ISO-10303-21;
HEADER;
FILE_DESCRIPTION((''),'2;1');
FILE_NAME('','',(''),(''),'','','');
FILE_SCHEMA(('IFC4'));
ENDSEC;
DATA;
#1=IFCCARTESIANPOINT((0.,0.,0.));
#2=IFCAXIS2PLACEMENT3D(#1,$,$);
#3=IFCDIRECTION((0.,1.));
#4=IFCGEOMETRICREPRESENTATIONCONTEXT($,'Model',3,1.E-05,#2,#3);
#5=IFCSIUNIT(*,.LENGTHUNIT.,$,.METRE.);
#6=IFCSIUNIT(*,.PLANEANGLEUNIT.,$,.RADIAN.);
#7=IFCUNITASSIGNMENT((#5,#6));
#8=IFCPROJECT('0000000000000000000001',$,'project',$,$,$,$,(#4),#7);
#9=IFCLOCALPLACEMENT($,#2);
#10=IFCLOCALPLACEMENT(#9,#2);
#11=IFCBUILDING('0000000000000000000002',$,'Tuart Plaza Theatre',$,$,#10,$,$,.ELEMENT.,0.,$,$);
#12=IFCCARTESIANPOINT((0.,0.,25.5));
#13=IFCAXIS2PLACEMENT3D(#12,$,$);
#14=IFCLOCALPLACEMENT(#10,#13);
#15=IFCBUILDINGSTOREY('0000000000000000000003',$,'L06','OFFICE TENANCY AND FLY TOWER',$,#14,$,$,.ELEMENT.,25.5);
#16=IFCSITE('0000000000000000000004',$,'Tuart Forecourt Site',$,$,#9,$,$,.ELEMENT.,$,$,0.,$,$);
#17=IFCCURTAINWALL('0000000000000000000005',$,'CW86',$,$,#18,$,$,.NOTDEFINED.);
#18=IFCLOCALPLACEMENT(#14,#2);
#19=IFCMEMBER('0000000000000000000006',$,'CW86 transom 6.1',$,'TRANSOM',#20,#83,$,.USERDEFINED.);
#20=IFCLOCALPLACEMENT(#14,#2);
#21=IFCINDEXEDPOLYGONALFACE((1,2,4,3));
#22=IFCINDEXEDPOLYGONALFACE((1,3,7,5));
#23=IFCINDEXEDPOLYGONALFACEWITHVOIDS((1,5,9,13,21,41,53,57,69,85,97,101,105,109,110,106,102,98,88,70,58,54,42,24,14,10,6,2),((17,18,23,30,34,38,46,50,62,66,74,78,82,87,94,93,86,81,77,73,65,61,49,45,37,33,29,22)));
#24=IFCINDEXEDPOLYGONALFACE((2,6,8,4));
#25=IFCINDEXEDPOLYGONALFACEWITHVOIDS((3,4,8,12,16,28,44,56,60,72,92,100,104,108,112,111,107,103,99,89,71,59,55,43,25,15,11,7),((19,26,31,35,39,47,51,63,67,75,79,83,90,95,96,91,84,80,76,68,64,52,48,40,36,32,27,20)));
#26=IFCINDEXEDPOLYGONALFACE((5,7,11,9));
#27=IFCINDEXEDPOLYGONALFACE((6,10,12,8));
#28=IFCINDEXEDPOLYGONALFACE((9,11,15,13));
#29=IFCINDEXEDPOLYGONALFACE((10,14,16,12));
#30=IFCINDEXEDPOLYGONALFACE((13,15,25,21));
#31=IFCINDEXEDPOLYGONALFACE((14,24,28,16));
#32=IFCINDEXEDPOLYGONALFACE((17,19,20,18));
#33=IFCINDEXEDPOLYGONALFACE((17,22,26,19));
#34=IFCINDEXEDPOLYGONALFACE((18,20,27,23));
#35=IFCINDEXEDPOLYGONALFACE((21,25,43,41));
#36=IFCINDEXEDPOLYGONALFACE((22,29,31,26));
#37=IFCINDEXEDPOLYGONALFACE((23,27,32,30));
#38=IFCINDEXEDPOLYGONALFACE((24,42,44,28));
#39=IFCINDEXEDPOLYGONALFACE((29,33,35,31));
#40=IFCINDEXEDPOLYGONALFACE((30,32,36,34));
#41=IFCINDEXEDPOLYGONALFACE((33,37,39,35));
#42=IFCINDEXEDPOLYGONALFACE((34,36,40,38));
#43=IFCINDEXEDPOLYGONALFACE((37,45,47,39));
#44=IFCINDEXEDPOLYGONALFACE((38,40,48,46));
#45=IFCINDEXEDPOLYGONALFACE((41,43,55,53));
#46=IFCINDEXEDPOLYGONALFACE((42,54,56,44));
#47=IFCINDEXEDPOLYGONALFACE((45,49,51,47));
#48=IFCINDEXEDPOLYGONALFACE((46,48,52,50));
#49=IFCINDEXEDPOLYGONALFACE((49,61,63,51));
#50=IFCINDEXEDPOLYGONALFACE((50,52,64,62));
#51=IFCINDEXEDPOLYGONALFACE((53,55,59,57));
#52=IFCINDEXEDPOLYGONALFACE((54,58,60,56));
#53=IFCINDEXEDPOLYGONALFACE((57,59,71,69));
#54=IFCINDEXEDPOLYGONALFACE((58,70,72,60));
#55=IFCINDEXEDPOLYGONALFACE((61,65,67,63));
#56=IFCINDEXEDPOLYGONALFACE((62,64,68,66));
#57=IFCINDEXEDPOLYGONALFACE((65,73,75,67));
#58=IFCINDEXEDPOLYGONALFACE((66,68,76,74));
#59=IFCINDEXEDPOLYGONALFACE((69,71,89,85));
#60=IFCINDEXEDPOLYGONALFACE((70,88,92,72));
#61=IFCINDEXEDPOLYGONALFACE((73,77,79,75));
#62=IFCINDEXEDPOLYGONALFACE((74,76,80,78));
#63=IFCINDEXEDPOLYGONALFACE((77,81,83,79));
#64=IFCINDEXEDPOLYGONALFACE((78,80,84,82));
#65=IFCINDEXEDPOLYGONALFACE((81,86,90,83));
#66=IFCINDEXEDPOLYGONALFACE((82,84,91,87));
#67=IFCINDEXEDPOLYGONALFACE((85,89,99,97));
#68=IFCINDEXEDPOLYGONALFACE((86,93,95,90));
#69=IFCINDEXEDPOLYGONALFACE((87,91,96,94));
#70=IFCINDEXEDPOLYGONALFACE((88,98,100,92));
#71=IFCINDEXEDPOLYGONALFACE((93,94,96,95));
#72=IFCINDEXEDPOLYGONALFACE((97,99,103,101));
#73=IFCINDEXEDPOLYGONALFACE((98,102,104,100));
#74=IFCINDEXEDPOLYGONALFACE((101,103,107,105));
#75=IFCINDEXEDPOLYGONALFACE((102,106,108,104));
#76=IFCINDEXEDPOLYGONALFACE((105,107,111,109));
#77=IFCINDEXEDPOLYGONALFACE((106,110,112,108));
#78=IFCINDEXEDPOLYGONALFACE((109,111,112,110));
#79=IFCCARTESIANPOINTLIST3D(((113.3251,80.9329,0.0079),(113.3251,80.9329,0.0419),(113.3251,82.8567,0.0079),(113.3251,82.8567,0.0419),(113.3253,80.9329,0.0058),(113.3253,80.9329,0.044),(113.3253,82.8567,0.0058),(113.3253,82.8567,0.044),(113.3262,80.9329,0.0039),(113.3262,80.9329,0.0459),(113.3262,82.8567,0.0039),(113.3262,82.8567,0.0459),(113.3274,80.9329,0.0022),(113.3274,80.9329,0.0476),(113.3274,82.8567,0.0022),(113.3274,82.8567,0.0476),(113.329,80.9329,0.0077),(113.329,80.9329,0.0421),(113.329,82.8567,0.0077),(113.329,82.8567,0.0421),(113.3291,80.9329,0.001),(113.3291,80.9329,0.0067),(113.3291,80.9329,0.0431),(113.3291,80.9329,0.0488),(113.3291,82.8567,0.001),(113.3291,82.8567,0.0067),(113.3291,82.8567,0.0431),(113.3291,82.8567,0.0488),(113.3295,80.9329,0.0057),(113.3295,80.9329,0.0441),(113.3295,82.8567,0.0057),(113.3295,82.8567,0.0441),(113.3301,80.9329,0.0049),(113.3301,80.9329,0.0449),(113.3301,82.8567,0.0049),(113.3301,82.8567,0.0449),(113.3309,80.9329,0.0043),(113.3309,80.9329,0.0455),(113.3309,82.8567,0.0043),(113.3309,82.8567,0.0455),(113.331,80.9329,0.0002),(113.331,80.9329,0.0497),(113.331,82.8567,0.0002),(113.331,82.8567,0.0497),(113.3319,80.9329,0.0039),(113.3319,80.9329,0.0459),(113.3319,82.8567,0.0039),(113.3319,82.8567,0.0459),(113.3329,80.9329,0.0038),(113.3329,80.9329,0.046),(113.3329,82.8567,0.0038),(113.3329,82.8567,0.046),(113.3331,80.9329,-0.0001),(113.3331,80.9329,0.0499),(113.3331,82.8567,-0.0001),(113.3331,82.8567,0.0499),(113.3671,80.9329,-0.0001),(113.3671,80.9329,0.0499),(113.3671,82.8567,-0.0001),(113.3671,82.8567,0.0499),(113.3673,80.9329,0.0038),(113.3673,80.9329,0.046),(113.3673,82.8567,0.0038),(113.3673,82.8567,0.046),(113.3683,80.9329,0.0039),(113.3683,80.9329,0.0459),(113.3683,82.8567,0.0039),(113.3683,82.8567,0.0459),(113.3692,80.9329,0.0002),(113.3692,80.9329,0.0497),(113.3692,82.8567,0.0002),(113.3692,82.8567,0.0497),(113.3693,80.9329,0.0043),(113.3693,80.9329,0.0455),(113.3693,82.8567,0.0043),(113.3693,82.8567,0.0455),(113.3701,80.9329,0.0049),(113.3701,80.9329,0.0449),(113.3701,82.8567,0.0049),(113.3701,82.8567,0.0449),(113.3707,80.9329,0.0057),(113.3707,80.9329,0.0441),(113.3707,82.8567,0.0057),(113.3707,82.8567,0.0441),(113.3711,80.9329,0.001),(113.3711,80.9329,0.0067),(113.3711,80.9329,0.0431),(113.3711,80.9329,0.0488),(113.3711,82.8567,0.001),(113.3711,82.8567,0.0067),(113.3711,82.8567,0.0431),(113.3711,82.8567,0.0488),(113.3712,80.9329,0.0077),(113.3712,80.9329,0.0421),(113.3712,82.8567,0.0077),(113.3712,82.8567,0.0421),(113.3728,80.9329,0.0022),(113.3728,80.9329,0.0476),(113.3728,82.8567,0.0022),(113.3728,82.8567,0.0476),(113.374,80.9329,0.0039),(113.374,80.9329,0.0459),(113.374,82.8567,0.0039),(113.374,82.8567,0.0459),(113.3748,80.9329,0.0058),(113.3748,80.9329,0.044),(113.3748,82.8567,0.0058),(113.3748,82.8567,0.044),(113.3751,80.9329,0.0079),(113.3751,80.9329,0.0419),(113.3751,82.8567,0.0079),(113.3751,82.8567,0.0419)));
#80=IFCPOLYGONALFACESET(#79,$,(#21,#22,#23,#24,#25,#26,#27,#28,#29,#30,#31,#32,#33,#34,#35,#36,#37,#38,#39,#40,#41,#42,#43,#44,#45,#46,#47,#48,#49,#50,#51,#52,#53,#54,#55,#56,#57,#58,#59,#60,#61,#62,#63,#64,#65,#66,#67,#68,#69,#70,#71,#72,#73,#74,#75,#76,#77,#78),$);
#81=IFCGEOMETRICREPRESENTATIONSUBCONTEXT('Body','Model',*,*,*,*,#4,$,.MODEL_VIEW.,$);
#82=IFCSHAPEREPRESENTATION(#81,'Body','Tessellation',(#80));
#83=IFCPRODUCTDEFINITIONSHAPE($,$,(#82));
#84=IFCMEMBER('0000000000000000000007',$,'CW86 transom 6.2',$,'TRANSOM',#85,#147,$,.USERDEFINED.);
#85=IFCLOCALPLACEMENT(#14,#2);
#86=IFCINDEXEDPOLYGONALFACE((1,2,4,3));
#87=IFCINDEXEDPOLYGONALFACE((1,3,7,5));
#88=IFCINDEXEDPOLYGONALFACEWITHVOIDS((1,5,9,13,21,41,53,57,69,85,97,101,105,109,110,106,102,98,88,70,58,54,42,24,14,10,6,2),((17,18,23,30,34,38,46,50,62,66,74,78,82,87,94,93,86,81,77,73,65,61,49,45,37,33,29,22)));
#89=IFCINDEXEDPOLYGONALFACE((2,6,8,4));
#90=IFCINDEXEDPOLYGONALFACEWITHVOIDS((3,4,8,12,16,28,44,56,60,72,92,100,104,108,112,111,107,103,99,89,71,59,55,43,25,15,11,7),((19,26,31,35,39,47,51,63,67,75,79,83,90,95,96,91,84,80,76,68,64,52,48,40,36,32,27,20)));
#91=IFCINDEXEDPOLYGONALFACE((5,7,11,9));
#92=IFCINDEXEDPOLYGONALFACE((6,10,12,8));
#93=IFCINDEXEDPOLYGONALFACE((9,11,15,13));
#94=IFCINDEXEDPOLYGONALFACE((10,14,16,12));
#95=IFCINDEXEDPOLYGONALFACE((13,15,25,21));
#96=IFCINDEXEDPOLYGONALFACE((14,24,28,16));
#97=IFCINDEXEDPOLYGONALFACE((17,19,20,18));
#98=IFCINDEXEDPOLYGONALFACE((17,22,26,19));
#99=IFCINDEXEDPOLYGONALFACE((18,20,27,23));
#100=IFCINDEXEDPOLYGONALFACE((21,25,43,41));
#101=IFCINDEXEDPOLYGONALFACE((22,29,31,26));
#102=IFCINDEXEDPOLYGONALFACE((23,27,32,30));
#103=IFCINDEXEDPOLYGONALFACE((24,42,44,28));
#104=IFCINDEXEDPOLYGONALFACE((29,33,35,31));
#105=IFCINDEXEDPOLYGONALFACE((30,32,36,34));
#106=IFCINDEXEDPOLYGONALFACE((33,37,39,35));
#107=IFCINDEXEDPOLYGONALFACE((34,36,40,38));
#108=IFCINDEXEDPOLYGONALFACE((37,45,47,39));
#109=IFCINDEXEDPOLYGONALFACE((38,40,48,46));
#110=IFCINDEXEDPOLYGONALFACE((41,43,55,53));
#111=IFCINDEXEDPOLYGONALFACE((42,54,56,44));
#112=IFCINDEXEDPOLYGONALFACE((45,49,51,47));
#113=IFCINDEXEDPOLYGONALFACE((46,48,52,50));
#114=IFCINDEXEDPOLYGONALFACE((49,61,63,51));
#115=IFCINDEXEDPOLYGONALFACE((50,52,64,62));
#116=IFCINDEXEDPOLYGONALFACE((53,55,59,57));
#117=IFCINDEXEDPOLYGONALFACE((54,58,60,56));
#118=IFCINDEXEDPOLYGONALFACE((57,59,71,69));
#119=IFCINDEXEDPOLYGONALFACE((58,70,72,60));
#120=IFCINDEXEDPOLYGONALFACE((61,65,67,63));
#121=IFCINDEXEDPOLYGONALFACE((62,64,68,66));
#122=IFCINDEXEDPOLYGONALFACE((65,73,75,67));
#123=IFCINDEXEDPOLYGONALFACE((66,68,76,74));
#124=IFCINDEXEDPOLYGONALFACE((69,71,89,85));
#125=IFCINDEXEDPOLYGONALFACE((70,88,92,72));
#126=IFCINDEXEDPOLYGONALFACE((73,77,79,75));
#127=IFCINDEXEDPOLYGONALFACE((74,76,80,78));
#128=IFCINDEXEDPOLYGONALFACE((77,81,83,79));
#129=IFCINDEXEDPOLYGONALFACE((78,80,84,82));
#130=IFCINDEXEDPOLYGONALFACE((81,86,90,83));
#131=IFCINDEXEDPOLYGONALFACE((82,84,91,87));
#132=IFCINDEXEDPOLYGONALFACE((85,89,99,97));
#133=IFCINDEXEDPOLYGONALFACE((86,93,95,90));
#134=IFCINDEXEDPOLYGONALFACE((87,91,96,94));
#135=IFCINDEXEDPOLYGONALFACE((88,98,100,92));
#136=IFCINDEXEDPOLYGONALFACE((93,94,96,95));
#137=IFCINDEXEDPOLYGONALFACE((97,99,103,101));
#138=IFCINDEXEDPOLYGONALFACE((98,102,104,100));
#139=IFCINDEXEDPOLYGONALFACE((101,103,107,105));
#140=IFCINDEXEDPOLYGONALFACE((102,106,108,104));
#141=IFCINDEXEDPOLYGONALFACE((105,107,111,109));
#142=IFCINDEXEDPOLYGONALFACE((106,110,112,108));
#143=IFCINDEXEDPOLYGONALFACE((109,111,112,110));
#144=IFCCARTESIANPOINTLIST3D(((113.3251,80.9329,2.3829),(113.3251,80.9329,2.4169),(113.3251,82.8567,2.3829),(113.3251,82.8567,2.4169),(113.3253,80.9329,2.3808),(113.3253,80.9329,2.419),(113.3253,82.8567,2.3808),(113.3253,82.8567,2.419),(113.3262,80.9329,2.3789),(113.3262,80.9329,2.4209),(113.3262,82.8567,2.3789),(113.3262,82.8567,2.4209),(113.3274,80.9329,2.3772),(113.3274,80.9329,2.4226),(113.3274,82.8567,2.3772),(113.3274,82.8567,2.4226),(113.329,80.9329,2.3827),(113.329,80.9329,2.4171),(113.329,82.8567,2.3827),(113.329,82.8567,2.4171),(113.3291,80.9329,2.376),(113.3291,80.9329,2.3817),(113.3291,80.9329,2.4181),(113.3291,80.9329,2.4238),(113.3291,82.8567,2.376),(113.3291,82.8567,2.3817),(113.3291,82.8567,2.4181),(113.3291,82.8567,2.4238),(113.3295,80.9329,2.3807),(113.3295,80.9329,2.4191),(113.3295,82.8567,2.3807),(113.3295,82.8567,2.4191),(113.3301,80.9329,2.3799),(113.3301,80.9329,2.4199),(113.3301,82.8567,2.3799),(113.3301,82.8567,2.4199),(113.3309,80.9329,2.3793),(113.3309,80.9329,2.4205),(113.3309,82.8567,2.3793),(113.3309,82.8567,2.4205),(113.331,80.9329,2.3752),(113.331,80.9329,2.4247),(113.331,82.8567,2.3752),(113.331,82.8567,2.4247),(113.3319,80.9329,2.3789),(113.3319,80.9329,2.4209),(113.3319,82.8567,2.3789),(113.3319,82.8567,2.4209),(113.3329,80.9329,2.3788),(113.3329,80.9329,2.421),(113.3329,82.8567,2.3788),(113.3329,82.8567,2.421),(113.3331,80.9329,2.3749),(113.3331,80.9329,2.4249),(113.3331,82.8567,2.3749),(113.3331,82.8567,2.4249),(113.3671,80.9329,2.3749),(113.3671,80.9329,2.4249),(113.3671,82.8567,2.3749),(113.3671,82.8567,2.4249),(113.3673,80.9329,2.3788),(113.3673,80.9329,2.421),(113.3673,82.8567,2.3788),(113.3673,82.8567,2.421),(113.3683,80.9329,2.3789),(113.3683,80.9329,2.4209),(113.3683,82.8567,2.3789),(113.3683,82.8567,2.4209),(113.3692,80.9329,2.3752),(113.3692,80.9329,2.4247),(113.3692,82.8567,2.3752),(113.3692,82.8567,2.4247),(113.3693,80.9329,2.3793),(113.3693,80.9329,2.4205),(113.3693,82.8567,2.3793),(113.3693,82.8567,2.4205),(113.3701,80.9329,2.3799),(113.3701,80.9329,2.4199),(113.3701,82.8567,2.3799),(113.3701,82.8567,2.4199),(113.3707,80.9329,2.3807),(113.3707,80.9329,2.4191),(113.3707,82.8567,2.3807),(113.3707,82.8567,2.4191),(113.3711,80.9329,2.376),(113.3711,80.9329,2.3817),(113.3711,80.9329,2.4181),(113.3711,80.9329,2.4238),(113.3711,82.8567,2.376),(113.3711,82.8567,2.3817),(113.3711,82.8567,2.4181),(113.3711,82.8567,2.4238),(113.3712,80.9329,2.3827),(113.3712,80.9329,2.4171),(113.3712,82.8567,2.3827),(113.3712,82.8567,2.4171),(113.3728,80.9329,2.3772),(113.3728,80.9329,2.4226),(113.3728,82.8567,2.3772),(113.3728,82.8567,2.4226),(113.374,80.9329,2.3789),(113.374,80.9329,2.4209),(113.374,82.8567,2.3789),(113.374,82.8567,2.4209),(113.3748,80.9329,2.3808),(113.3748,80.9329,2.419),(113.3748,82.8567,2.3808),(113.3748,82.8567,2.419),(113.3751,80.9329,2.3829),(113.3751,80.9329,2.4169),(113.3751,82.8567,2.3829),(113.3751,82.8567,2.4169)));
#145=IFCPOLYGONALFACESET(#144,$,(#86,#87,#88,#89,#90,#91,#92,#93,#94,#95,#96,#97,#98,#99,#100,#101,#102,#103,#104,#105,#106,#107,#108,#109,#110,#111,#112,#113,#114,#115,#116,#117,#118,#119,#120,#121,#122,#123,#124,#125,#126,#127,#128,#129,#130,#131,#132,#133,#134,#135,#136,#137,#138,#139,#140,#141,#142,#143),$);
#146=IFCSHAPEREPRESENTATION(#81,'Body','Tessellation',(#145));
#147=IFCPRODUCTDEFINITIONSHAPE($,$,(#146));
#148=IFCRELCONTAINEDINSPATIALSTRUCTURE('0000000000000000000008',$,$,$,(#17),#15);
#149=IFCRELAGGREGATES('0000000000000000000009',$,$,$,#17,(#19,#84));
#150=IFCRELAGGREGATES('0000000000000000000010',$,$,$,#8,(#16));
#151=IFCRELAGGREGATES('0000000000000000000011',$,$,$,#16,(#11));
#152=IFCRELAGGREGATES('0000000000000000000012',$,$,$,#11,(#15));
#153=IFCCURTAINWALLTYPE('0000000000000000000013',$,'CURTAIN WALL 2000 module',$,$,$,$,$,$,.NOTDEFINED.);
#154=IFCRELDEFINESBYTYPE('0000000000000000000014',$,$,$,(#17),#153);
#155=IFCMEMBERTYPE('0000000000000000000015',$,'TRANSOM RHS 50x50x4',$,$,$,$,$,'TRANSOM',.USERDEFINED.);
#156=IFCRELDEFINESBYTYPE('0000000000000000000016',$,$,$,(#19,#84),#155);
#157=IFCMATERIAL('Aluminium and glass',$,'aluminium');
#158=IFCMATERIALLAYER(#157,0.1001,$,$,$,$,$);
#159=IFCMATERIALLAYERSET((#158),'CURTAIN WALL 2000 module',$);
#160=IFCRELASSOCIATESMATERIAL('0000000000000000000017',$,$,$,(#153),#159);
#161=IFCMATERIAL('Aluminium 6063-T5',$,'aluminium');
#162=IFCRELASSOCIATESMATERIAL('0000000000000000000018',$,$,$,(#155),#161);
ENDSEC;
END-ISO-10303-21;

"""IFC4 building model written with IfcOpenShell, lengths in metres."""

from ifc_helpers import new_model, si_unit, direction, frame, origin, origin_2d, place, context, subcontext, project, spatial, hollow_rectangle, extrude, material, layer, layer_set, material_profile, profile_set, type_object, element, aggregate, save


model = new_model("IFC4")

# Units and contexts
model_context = context("Model", 3, precision=1e-05, world=origin(), true_north=direction((0.0, 1.0)))
body_context = subcontext(model_context, "Body", "Model", "MODEL_VIEW")
ifc_project = project(units=[si_unit("LENGTHUNIT", "METRE"), si_unit("PLANEANGLEUNIT", "RADIAN")], contexts=[model_context])

# Site, building, storey
site_placement = place(None, origin())
site = spatial("IfcSite", under=ifc_project, at=site_placement, Name="Tuart Forecourt Site", CompositionType="ELEMENT", RefElevation=0.0)
building_placement = place(site_placement, origin())
building = spatial("IfcBuilding", under=site, at=building_placement, Name="Tuart Plaza Theatre", CompositionType="ELEMENT", ElevationOfRefHeight=0.0)
storey_placement = place(building_placement, frame((0.0, 0.0, 25.5)))
storey = spatial("IfcBuildingStorey", under=building, at=storey_placement, Name="L06", Description="OFFICE TENANCY AND FLY TOWER", CompositionType="ELEMENT", Elevation=25.5)

# Curtain wall, members
ifc_material_1 = material(Name="Aluminium and glass", Category="aluminium")
ifc_layer_1 = layer(ifc_material_1, 0.1001)
ifc_layer_set_1 = layer_set([ifc_layer_1], Name="CURTAIN WALL 2000 module")
curtain_wall_type = type_object("IfcCurtainWallType", Name="CURTAIN WALL 2000 module", PredefinedType="NOTDEFINED", material=ifc_layer_set_1)
curtain_wall_placement = place(storey_placement, origin())
curtain_wall = element("IfcCurtainWall", 1, at=curtain_wall_placement, inside=storey, type_object=curtain_wall_type, Name="CW86", PredefinedType="NOTDEFINED")
ifc_material_2 = material(Name="Aluminium 6063-T5", Category="aluminium")
ifc_material_profile = material_profile(ifc_material_2, hollow_rectangle(XDim=0.05, YDim=0.05, WallThickness=0.0039, InnerFilletRadius=0.0039, OuterFilletRadius=0.0081, at=origin_2d()), Name="RHS 50x50x4")
ifc_profile_set = profile_set([ifc_material_profile], Name="Aluminium 6063-T5")
member_type = type_object("IfcMemberType", Name="TRANSOM RHS 50x50x4", ElementType="TRANSOM", PredefinedType="USERDEFINED", material=ifc_profile_set)
member_1_placement = place(storey_placement, frame((113.3501, 82.8567, 0.0249), z_axis=(0.0, -1.0, 0.0), x_axis=(1.0, 0.0, 0.0)))
member_1 = element("IfcMember", 2, at=member_1_placement, type_object=member_type, Name="CW86 transom 6.1", ObjectType="TRANSOM", PredefinedType="USERDEFINED", context=body_context, shape_type="SweptSolid", body=[
    extrude(hollow_rectangle(XDim=0.05, YDim=0.05, WallThickness=0.0039, InnerFilletRadius=0.0039, OuterFilletRadius=0.0081, at=origin_2d()), origin(), (0.0, 0.0, 1.0), 1.9238),
])
member_2_placement = place(storey_placement, frame((113.3501, 82.8567, 2.3999), z_axis=(0.0, -1.0, 0.0), x_axis=(1.0, 0.0, 0.0)))
member_2 = element("IfcMember", 3, at=member_2_placement, type_object=member_type, Name="CW86 transom 6.2", ObjectType="TRANSOM", PredefinedType="USERDEFINED", context=body_context, shape_type="SweptSolid", body=[
    extrude(hollow_rectangle(XDim=0.05, YDim=0.05, WallThickness=0.0039, InnerFilletRadius=0.0039, OuterFilletRadius=0.0081, at=origin_2d()), origin(), (0.0, 0.0, 1.0), 1.9238),
])
aggregate(curtain_wall, [member_1, member_2])

save(model, "model.ifc")
